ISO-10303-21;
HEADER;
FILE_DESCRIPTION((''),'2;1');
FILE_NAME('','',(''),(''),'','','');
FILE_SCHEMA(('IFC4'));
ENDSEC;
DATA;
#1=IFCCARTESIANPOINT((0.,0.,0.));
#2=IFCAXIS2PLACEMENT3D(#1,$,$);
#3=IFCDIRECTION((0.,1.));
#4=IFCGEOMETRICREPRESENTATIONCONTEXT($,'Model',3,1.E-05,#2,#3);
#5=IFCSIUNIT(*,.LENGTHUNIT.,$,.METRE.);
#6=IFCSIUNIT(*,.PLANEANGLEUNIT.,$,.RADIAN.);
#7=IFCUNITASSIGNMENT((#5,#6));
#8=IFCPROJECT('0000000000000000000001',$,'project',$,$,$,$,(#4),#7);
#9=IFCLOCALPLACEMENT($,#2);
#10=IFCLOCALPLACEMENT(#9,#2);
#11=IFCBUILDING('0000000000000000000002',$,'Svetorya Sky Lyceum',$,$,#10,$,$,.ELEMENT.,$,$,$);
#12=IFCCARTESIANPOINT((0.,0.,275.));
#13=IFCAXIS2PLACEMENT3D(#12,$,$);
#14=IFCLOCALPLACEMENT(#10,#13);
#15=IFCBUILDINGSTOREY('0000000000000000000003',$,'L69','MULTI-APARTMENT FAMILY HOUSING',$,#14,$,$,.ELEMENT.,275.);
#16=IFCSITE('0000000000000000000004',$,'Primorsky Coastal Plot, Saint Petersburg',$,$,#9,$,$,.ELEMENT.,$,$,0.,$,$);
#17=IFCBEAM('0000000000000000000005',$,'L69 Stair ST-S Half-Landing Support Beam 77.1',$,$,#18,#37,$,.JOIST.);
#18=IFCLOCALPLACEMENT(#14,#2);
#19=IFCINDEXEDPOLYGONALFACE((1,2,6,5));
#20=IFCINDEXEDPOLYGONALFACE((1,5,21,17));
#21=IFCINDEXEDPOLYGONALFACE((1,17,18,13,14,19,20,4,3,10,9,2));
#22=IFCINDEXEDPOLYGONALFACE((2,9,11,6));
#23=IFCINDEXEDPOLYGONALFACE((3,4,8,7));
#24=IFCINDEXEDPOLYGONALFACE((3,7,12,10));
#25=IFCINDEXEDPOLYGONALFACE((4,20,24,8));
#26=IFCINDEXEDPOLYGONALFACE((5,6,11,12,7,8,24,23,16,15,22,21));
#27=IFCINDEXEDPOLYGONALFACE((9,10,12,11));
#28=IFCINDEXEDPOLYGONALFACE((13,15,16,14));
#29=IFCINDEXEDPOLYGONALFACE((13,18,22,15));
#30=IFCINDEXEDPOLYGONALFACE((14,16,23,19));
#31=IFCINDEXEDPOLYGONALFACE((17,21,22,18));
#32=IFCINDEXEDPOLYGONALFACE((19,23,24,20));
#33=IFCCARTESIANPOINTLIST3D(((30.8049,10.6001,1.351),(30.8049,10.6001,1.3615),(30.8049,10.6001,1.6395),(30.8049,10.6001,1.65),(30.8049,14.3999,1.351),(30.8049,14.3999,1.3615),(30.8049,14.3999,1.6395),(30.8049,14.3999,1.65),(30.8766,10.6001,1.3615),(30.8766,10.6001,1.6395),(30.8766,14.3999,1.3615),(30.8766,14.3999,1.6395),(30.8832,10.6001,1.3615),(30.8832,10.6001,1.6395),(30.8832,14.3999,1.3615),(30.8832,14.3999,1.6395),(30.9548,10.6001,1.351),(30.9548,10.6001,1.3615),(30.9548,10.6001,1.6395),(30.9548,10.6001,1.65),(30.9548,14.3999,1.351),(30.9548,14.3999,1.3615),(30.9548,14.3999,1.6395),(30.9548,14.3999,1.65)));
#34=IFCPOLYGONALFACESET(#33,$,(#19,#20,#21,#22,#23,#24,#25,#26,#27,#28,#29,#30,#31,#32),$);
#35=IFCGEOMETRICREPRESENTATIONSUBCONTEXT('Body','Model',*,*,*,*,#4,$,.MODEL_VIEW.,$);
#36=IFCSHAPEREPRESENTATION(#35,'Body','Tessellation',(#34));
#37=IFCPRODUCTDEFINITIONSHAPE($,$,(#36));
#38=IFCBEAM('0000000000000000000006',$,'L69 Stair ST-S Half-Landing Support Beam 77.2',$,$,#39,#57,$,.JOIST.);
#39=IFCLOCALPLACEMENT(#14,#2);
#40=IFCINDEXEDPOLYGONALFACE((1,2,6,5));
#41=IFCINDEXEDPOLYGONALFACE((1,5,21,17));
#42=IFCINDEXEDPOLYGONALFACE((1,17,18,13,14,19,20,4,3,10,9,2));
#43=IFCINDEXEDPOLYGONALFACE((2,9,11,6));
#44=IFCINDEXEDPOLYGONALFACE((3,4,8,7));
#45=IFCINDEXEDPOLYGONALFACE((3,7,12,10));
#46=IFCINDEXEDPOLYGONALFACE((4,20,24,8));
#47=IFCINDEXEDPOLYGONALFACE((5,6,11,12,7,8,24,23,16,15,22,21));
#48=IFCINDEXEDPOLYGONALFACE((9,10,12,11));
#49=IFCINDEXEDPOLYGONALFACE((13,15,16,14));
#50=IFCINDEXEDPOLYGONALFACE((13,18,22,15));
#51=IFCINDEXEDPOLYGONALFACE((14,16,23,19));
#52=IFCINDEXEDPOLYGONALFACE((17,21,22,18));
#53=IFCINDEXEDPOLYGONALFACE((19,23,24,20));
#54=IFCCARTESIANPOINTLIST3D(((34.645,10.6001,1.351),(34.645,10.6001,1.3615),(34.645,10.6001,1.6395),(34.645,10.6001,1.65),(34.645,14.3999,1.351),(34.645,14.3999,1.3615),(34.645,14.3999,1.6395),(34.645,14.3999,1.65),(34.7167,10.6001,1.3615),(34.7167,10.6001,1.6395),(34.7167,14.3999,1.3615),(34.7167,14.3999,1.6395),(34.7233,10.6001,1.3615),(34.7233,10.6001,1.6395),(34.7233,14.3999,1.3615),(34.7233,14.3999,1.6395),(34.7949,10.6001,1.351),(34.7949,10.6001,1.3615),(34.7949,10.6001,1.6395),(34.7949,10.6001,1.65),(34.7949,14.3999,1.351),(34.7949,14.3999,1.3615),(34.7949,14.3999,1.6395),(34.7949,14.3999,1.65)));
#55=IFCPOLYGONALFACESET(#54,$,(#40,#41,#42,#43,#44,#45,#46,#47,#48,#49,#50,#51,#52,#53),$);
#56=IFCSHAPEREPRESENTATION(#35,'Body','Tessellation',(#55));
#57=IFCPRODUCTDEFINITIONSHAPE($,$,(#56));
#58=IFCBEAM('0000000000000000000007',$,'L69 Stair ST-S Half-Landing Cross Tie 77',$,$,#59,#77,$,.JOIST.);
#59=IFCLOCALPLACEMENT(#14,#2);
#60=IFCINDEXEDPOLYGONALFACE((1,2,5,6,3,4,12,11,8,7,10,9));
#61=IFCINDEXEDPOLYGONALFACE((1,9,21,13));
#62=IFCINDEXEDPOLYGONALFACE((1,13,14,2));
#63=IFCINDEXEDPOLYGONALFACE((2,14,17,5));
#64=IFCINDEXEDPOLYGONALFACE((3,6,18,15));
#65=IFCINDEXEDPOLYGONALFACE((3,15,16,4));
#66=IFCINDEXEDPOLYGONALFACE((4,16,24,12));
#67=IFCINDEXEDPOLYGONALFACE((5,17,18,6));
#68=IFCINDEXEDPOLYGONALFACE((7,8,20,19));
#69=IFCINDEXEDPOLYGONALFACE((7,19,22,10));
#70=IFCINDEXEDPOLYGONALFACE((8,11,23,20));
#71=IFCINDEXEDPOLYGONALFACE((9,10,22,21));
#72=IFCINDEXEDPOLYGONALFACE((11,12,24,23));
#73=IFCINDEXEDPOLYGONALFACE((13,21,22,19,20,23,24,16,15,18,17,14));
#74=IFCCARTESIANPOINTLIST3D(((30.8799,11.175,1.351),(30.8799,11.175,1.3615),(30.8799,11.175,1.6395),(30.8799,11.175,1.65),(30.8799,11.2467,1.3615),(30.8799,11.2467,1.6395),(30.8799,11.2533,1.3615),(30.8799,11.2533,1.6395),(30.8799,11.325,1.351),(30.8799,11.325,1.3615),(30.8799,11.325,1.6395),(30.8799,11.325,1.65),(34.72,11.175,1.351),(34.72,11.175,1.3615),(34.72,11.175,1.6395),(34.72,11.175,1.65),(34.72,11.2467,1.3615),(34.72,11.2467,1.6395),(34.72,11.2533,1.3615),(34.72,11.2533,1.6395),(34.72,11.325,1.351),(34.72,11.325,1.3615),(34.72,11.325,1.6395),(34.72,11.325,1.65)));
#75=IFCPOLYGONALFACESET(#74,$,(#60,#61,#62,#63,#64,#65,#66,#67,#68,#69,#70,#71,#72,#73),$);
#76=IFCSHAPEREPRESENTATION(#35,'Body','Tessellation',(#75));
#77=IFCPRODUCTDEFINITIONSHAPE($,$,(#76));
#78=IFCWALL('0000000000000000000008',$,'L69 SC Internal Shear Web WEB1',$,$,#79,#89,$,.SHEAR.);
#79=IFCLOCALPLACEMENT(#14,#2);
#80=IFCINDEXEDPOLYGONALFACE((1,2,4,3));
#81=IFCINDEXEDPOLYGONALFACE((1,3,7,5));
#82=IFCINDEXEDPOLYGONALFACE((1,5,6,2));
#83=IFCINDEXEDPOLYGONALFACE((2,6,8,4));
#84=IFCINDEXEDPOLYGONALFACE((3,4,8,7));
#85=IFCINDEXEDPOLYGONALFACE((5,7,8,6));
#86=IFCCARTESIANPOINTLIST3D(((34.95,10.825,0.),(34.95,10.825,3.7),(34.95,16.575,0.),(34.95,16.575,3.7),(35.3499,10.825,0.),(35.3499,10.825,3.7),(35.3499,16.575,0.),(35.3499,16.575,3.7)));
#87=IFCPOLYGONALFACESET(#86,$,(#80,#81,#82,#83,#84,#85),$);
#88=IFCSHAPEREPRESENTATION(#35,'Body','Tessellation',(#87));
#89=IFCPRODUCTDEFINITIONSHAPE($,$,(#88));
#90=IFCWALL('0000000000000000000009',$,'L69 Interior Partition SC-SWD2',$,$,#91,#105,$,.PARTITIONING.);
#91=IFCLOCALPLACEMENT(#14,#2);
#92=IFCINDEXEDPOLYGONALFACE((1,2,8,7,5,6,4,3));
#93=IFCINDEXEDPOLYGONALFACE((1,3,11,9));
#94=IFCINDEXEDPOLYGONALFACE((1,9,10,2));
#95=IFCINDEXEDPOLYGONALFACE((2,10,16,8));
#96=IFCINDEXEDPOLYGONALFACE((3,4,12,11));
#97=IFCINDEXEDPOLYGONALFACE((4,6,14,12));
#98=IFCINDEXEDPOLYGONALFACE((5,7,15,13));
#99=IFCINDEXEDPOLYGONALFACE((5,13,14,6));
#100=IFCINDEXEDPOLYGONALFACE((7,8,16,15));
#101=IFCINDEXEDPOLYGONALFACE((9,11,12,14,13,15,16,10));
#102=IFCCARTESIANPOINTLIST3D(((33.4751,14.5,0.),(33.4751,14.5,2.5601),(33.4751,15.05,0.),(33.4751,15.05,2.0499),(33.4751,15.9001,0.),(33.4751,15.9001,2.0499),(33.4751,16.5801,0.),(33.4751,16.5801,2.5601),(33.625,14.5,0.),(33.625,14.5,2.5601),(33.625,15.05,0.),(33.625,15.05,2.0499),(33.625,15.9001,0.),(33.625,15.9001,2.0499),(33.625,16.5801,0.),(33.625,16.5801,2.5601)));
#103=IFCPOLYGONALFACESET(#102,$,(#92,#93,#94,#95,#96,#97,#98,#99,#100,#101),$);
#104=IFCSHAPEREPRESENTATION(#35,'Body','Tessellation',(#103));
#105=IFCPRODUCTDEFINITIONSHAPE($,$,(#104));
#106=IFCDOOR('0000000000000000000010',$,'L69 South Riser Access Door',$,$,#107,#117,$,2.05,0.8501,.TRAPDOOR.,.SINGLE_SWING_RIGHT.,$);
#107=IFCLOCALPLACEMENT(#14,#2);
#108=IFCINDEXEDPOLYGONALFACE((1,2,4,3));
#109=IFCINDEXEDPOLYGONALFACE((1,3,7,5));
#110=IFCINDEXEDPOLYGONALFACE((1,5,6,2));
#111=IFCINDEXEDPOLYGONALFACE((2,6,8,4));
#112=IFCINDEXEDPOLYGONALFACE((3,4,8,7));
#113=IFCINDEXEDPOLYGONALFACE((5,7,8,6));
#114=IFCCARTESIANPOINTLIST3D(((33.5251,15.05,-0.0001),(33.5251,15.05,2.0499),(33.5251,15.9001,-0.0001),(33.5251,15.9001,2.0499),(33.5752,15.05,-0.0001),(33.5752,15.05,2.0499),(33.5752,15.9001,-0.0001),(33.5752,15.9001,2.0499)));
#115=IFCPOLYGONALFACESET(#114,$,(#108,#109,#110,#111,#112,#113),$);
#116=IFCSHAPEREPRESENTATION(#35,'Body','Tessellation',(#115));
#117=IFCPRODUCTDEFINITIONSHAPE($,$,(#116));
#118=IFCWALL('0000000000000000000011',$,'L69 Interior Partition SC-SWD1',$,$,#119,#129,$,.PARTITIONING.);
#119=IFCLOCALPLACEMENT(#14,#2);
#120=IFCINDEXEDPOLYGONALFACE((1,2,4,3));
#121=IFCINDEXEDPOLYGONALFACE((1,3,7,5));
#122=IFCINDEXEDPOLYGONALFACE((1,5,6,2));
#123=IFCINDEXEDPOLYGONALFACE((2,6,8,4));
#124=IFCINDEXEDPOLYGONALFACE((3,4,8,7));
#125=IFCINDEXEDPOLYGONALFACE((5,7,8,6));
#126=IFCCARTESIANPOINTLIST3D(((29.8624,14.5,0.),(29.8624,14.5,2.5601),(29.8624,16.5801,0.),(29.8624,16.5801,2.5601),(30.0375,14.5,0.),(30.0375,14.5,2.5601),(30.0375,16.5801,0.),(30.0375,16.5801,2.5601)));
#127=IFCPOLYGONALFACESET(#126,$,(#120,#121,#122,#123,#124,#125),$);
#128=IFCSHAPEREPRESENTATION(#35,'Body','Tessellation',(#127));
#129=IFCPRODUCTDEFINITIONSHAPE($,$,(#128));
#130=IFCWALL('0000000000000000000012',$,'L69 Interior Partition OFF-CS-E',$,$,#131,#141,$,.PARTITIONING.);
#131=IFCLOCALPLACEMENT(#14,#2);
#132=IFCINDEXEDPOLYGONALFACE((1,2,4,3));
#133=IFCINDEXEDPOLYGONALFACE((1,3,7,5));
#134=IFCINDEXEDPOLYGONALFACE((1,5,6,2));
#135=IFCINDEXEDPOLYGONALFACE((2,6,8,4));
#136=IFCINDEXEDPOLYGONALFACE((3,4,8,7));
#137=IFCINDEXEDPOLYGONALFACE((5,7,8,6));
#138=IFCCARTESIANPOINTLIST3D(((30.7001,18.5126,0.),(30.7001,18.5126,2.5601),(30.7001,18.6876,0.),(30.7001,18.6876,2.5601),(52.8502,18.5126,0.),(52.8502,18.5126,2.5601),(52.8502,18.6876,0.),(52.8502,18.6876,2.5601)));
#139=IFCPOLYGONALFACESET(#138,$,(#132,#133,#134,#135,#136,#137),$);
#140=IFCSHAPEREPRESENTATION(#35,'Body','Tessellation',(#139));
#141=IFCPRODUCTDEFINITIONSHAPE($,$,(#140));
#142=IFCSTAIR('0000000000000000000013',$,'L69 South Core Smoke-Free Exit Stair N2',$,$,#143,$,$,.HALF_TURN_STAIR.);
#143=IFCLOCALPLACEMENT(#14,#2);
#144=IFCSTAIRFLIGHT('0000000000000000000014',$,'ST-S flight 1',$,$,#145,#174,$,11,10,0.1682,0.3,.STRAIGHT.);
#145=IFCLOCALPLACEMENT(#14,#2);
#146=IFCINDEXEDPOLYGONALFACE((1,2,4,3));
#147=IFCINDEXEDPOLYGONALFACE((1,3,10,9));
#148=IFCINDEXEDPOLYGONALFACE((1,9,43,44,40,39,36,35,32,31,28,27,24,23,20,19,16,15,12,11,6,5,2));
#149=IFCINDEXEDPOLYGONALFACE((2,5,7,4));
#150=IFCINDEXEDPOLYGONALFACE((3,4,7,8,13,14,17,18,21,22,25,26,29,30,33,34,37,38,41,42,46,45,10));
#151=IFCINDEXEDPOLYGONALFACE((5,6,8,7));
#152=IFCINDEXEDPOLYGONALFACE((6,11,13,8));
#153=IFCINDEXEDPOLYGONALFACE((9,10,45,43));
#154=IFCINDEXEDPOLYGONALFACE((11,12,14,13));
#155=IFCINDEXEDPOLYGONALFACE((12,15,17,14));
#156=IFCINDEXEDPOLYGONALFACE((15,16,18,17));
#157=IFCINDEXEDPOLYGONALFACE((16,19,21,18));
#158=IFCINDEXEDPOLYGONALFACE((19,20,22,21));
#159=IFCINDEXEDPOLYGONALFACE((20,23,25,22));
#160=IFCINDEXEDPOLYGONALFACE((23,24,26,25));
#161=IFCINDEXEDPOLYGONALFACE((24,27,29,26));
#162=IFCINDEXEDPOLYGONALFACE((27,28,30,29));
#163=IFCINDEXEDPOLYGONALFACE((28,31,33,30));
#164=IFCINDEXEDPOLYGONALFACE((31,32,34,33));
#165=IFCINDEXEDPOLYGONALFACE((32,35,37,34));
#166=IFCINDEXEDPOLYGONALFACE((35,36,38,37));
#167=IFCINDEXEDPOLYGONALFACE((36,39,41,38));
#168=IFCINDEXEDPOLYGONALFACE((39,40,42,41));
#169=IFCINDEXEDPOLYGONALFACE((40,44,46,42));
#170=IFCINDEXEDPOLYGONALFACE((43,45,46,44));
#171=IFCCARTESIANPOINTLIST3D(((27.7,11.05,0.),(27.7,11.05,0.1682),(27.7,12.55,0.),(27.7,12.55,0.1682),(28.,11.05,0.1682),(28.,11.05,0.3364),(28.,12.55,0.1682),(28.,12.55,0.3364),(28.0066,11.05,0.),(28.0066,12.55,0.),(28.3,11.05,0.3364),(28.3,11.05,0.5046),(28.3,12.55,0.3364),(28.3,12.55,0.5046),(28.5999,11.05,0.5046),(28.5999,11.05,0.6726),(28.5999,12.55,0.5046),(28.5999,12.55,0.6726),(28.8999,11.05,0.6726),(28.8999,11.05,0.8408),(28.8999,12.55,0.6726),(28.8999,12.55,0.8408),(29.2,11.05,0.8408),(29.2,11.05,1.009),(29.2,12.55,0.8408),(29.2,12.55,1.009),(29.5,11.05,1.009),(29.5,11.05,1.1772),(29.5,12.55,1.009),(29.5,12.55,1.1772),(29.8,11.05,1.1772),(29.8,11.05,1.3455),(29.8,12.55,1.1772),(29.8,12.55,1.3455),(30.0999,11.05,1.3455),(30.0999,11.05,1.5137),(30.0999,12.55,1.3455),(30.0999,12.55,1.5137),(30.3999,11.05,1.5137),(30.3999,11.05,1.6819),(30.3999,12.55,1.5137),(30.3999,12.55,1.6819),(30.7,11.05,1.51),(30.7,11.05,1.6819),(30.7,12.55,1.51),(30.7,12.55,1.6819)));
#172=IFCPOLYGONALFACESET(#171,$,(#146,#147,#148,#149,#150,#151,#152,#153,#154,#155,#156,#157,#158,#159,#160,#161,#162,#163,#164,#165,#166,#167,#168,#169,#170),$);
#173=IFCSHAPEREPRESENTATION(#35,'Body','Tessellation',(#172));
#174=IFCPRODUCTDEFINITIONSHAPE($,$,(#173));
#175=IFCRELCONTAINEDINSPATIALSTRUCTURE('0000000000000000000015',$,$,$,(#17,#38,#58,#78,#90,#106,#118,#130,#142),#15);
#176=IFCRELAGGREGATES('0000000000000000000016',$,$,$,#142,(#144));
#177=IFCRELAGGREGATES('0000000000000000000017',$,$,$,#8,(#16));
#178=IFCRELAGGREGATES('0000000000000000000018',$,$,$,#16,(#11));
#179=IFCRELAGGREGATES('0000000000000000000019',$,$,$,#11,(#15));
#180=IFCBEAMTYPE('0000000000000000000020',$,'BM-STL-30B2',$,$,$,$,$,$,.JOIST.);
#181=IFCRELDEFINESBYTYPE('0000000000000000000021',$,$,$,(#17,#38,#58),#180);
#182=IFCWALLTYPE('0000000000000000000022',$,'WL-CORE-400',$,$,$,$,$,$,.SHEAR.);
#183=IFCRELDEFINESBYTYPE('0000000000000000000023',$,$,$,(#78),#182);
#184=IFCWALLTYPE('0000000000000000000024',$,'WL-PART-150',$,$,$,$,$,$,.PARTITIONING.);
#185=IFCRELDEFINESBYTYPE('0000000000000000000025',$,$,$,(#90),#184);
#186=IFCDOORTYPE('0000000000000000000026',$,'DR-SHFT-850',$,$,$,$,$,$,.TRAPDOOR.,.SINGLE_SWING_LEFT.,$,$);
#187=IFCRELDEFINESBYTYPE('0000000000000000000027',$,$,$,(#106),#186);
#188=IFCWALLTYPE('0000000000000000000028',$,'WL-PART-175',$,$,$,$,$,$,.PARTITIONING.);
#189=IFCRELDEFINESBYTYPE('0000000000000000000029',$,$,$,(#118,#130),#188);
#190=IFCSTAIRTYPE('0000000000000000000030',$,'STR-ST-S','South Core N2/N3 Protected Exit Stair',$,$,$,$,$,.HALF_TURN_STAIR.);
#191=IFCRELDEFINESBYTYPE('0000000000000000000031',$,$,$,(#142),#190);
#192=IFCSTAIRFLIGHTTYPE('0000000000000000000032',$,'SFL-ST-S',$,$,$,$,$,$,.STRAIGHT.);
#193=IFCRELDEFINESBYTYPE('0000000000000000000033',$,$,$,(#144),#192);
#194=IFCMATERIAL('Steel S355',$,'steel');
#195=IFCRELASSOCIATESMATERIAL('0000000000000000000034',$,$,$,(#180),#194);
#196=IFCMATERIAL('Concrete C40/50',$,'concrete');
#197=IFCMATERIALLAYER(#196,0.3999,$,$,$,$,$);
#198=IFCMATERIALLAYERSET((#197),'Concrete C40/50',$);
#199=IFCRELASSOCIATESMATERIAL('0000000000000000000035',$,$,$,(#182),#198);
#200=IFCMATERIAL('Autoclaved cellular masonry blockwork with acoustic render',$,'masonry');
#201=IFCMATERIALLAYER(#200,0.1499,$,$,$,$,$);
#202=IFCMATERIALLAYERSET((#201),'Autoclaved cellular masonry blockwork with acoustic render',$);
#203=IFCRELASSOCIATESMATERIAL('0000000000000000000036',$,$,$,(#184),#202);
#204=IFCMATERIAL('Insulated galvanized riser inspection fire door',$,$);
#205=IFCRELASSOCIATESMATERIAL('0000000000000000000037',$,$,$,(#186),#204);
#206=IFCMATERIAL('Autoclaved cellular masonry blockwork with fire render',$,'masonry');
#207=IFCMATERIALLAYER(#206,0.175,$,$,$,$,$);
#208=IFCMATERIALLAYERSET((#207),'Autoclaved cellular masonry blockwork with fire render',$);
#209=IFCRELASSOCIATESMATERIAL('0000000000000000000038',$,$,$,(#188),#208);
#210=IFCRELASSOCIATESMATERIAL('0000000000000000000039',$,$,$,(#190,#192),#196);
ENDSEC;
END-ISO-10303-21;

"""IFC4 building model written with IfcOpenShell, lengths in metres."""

from ifc_helpers import new_model, si_unit, direction, frame, frame_2d, origin, origin_2d, place, context, subcontext, project, spatial, polyline, rectangle, i_section, outline, extrude, material, layer, layer_set, material_profile, profile_set, type_object, element, fill, aggregate, save


model = new_model("IFC4")

# Units and contexts
model_context = context("Model", 3, precision=1e-05, world=origin(), true_north=direction((0.0, 1.0)))
body_context = subcontext(model_context, "Body", "Model", "MODEL_VIEW")
ifc_project = project(units=[si_unit("LENGTHUNIT", "METRE"), si_unit("PLANEANGLEUNIT", "RADIAN")], contexts=[model_context])

# Site, building, storey
site_placement = place(None, origin())
site = spatial("IfcSite", under=ifc_project, at=site_placement, Name="Primorsky Coastal Plot, Saint Petersburg", CompositionType="ELEMENT", RefElevation=0.0)
building_placement = place(site_placement, origin())
building = spatial("IfcBuilding", under=site, at=building_placement, Name="Svetorya Sky Lyceum", CompositionType="ELEMENT")
storey_placement = place(building_placement, frame((0.0, 0.0, 275.0)))
storey = spatial("IfcBuildingStorey", under=building, at=storey_placement, Name="L69", Description="MULTI-APARTMENT FAMILY HOUSING", CompositionType="ELEMENT", Elevation=275.0)

# Beams
ifc_material_1 = material(Name="Steel S355", Category="steel")
ifc_material_profile = material_profile(ifc_material_1, i_section(OverallWidth=0.1499, OverallDepth=0.2991, WebThickness=0.0066, FlangeThickness=0.0105, at=origin_2d()), Name="GOST 30B2")
ifc_profile_set = profile_set([ifc_material_profile], Name="Steel S355")
beam_type = type_object("IfcBeamType", Name="BM-STL-30B2", PredefinedType="JOIST", material=ifc_profile_set)
for number, where, z_axis, x_axis, name in (
    (1, (30.8799, 10.6001, 1.5005), (0.0, 1.0, 0.0), (-1.0, 0.0, 0.0), "L69 Stair ST-S Half-Landing Support Beam 77.1"),
    (2, (34.72, 10.6001, 1.5005), (0.0, 1.0, 0.0), (-1.0, 0.0, 0.0), "L69 Stair ST-S Half-Landing Support Beam 77.2"),
):
    element("IfcBeam", number, at=place(storey_placement, frame(where, z_axis=z_axis, x_axis=x_axis)), inside=storey, type_object=beam_type, Name=name, PredefinedType="JOIST", context=body_context, shape_type="SweptSolid", body=[
        extrude(i_section(OverallWidth=0.1499, OverallDepth=0.2991, WebThickness=0.0066, FlangeThickness=0.0105, at=origin_2d()), origin(), (0.0, 0.0, 1.0), 3.7998),
    ])
beam_placement = place(storey_placement, frame((30.8799, 11.25, 1.5005), z_axis=(1.0, 0.0, 0.0), x_axis=(0.0, 1.0, 0.0)))
element("IfcBeam", 3, at=beam_placement, inside=storey, type_object=beam_type, Name="L69 Stair ST-S Half-Landing Cross Tie 77", PredefinedType="JOIST", context=body_context, shape_type="SweptSolid", body=[
    extrude(i_section(OverallWidth=0.1499, OverallDepth=0.2991, WebThickness=0.0066, FlangeThickness=0.0105, at=origin_2d()), origin(), (0.0, 0.0, 1.0), 3.8401),
])

# Wall
ifc_material_2 = material(Name="Concrete C40/50", Category="concrete")
ifc_layer_1 = layer(ifc_material_2, 0.3999)
ifc_layer_set_1 = layer_set([ifc_layer_1], Name="Concrete C40/50")
wall_type_1 = type_object("IfcWallType", Name="WL-CORE-400", PredefinedType="SHEAR", material=ifc_layer_set_1)
wall_1_placement = place(storey_placement, frame((35.1499, 10.825, 0.0), z_axis=(0.0, 0.0, 1.0), x_axis=(0.0, 1.0, 0.0)))
element("IfcWall", 4, at=wall_1_placement, inside=storey, type_object=wall_type_1, Name="L69 SC Internal Shear Web WEB1", PredefinedType="SHEAR", context=body_context, shape_type="SweptSolid", body=[
    extrude(rectangle(XDim=5.75, YDim=0.3999, at=frame_2d((2.875, 0.0))), origin(), (0.0, 0.0, 1.0), 3.7),
])

# Wall, opening, door
ifc_material_3 = material(Name="Autoclaved cellular masonry blockwork with acoustic render", Category="masonry")
ifc_layer_2 = layer(ifc_material_3, 0.1499)
ifc_layer_set_2 = layer_set([ifc_layer_2], Name="Autoclaved cellular masonry blockwork with acoustic render")
wall_type_2 = type_object("IfcWallType", Name="WL-PART-150", PredefinedType="PARTITIONING", material=ifc_layer_set_2)
wall_2_placement = place(storey_placement, frame((33.55, 14.5, 0.0), z_axis=(0.0, 0.0, 1.0), x_axis=(0.0, 1.0, 0.0)))
wall_2 = element("IfcWall", 5, at=wall_2_placement, inside=storey, type_object=wall_type_2, Name="L69 Interior Partition SC-SWD2", PredefinedType="PARTITIONING", context=body_context, shape_type="SweptSolid", body=[
    extrude(rectangle(XDim=2.0801, YDim=0.1499, at=frame_2d((1.04, 0.0))), origin(), (0.0, 0.0, 1.0), 2.5601),
])
opening_placement = place(wall_2_placement, frame((0.55, 0.0, 0.0)))
opening = element("IfcOpeningElement", 6, at=opening_placement, cuts=wall_2, PredefinedType="OPENING", context=body_context, shape_type="SweptSolid", body=[
    extrude(rectangle(XDim=0.8501, YDim=2.05, at=frame_2d((0.425, 1.0249))), frame((0.0, 0.085, 0.0), z_axis=(0.0, -1.0, 0.0), x_axis=(1.0, 0.0, 0.0)), (0.0, 0.0, 1.0), 0.1699),
])
ifc_material_4 = material(Name="Insulated galvanized riser inspection fire door")
door_type = type_object("IfcDoorType", Name="DR-SHFT-850", OperationType="SINGLE_SWING_LEFT", PredefinedType="TRAPDOOR", material=ifc_material_4)
door_placement = place(opening_placement, origin())
door = element("IfcDoor", 7, at=door_placement, inside=storey, type_object=door_type, Name="L69 South Riser Access Door", OperationType="SINGLE_SWING_RIGHT", OverallHeight=2.05, OverallWidth=0.8501, PredefinedType="TRAPDOOR", context=body_context, shape_type="SweptSolid", body=[
    extrude(rectangle(XDim=0.8501, YDim=2.05, at=frame_2d((0.425, 1.0249))), frame((0.0, 0.0249, 0.0), z_axis=(0.0, -1.0, 0.0), x_axis=(1.0, 0.0, 0.0)), (0.0, 0.0, 1.0), 0.05),
])
fill(opening, door)

# Walls
ifc_material_5 = material(Name="Autoclaved cellular masonry blockwork with fire render", Category="masonry")
ifc_layer_3 = layer(ifc_material_5, 0.175)
ifc_layer_set_3 = layer_set([ifc_layer_3], Name="Autoclaved cellular masonry blockwork with fire render")
wall_type_3 = type_object("IfcWallType", Name="WL-PART-175", PredefinedType="PARTITIONING", material=ifc_layer_set_3)
wall_3_placement = place(storey_placement, frame((29.95, 14.5, 0.0), z_axis=(0.0, 0.0, 1.0), x_axis=(0.0, 1.0, 0.0)))
element("IfcWall", 8, at=wall_3_placement, inside=storey, type_object=wall_type_3, Name="L69 Interior Partition SC-SWD1", PredefinedType="PARTITIONING", context=body_context, shape_type="SweptSolid", body=[
    extrude(rectangle(XDim=2.0801, YDim=0.175, at=frame_2d((1.04, 0.0))), origin(), (0.0, 0.0, 1.0), 2.5601),
])
wall_4_placement = place(storey_placement, frame((30.7, 18.6001, 0.0), z_axis=(0.0, 0.0, 1.0), x_axis=(1.0, 0.0, 0.0)))
element("IfcWall", 9, at=wall_4_placement, inside=storey, type_object=wall_type_3, Name="L69 Interior Partition OFF-CS-E", PredefinedType="PARTITIONING", context=body_context, shape_type="SweptSolid", body=[
    extrude(rectangle(XDim=22.1501, YDim=0.175, at=frame_2d((11.0752, 0.0))), origin(), (0.0, 0.0, 1.0), 2.5601),
])

# Stair, stair flight
stair_type = type_object("IfcStairType", Name="STR-ST-S", Description="South Core N2/N3 Protected Exit Stair", PredefinedType="HALF_TURN_STAIR", material=ifc_material_2)
stair_placement = place(storey_placement, origin())
stair = element("IfcStair", 10, at=stair_placement, inside=storey, type_object=stair_type, Name="L69 South Core Smoke-Free Exit Stair N2", PredefinedType="HALF_TURN_STAIR")
stair_flight_type = type_object("IfcStairFlightType", Name="SFL-ST-S", PredefinedType="STRAIGHT", material=ifc_material_2)
stair_flight_1_placement = place(storey_placement, frame((27.7, 11.8, 0.0), z_axis=(0.0, 0.0, 1.0), x_axis=(1.0, 0.0, 0.0)))
stair_flight_1 = element("IfcStairFlight", 11, at=stair_flight_1_placement, type_object=stair_flight_type, Name="ST-S flight 1", NumberOfRisers=11, NumberOfTreads=10, PredefinedType="STRAIGHT", RiserHeight=0.1682, TreadLength=0.3, context=body_context, shape_type="SweptSolid", body=[
    extrude(outline(polyline([(0.0, 0.0), (0.0, 0.1682), (0.3, 0.1682), (0.3, 0.3364), (0.6001, 0.3364), (0.6001, 0.5046), (0.8999, 0.5046), (0.8999, 0.6726), (1.2, 0.6726), (1.2, 0.8408), (1.5, 0.8408), (1.5, 1.009), (1.8, 1.009), (1.8, 1.1772), (2.1001, 1.1772), (2.1001, 1.3455), (2.3999, 1.3455), (2.3999, 1.5137), (2.7, 1.5137), (2.7, 1.6819), (3.0, 1.6819), (3.0, 1.8501), (3.0, 1.51), (0.3066, 0.0), (0.0, 0.0)])), frame((0.0, 0.75, 0.0), z_axis=(0.0, -1.0, 0.0), x_axis=(1.0, 0.0, 0.0)), (0.0, 0.0, 1.0), 1.5),
])
aggregate(stair, [stair_flight_1])

save(model, "model.ifc")
